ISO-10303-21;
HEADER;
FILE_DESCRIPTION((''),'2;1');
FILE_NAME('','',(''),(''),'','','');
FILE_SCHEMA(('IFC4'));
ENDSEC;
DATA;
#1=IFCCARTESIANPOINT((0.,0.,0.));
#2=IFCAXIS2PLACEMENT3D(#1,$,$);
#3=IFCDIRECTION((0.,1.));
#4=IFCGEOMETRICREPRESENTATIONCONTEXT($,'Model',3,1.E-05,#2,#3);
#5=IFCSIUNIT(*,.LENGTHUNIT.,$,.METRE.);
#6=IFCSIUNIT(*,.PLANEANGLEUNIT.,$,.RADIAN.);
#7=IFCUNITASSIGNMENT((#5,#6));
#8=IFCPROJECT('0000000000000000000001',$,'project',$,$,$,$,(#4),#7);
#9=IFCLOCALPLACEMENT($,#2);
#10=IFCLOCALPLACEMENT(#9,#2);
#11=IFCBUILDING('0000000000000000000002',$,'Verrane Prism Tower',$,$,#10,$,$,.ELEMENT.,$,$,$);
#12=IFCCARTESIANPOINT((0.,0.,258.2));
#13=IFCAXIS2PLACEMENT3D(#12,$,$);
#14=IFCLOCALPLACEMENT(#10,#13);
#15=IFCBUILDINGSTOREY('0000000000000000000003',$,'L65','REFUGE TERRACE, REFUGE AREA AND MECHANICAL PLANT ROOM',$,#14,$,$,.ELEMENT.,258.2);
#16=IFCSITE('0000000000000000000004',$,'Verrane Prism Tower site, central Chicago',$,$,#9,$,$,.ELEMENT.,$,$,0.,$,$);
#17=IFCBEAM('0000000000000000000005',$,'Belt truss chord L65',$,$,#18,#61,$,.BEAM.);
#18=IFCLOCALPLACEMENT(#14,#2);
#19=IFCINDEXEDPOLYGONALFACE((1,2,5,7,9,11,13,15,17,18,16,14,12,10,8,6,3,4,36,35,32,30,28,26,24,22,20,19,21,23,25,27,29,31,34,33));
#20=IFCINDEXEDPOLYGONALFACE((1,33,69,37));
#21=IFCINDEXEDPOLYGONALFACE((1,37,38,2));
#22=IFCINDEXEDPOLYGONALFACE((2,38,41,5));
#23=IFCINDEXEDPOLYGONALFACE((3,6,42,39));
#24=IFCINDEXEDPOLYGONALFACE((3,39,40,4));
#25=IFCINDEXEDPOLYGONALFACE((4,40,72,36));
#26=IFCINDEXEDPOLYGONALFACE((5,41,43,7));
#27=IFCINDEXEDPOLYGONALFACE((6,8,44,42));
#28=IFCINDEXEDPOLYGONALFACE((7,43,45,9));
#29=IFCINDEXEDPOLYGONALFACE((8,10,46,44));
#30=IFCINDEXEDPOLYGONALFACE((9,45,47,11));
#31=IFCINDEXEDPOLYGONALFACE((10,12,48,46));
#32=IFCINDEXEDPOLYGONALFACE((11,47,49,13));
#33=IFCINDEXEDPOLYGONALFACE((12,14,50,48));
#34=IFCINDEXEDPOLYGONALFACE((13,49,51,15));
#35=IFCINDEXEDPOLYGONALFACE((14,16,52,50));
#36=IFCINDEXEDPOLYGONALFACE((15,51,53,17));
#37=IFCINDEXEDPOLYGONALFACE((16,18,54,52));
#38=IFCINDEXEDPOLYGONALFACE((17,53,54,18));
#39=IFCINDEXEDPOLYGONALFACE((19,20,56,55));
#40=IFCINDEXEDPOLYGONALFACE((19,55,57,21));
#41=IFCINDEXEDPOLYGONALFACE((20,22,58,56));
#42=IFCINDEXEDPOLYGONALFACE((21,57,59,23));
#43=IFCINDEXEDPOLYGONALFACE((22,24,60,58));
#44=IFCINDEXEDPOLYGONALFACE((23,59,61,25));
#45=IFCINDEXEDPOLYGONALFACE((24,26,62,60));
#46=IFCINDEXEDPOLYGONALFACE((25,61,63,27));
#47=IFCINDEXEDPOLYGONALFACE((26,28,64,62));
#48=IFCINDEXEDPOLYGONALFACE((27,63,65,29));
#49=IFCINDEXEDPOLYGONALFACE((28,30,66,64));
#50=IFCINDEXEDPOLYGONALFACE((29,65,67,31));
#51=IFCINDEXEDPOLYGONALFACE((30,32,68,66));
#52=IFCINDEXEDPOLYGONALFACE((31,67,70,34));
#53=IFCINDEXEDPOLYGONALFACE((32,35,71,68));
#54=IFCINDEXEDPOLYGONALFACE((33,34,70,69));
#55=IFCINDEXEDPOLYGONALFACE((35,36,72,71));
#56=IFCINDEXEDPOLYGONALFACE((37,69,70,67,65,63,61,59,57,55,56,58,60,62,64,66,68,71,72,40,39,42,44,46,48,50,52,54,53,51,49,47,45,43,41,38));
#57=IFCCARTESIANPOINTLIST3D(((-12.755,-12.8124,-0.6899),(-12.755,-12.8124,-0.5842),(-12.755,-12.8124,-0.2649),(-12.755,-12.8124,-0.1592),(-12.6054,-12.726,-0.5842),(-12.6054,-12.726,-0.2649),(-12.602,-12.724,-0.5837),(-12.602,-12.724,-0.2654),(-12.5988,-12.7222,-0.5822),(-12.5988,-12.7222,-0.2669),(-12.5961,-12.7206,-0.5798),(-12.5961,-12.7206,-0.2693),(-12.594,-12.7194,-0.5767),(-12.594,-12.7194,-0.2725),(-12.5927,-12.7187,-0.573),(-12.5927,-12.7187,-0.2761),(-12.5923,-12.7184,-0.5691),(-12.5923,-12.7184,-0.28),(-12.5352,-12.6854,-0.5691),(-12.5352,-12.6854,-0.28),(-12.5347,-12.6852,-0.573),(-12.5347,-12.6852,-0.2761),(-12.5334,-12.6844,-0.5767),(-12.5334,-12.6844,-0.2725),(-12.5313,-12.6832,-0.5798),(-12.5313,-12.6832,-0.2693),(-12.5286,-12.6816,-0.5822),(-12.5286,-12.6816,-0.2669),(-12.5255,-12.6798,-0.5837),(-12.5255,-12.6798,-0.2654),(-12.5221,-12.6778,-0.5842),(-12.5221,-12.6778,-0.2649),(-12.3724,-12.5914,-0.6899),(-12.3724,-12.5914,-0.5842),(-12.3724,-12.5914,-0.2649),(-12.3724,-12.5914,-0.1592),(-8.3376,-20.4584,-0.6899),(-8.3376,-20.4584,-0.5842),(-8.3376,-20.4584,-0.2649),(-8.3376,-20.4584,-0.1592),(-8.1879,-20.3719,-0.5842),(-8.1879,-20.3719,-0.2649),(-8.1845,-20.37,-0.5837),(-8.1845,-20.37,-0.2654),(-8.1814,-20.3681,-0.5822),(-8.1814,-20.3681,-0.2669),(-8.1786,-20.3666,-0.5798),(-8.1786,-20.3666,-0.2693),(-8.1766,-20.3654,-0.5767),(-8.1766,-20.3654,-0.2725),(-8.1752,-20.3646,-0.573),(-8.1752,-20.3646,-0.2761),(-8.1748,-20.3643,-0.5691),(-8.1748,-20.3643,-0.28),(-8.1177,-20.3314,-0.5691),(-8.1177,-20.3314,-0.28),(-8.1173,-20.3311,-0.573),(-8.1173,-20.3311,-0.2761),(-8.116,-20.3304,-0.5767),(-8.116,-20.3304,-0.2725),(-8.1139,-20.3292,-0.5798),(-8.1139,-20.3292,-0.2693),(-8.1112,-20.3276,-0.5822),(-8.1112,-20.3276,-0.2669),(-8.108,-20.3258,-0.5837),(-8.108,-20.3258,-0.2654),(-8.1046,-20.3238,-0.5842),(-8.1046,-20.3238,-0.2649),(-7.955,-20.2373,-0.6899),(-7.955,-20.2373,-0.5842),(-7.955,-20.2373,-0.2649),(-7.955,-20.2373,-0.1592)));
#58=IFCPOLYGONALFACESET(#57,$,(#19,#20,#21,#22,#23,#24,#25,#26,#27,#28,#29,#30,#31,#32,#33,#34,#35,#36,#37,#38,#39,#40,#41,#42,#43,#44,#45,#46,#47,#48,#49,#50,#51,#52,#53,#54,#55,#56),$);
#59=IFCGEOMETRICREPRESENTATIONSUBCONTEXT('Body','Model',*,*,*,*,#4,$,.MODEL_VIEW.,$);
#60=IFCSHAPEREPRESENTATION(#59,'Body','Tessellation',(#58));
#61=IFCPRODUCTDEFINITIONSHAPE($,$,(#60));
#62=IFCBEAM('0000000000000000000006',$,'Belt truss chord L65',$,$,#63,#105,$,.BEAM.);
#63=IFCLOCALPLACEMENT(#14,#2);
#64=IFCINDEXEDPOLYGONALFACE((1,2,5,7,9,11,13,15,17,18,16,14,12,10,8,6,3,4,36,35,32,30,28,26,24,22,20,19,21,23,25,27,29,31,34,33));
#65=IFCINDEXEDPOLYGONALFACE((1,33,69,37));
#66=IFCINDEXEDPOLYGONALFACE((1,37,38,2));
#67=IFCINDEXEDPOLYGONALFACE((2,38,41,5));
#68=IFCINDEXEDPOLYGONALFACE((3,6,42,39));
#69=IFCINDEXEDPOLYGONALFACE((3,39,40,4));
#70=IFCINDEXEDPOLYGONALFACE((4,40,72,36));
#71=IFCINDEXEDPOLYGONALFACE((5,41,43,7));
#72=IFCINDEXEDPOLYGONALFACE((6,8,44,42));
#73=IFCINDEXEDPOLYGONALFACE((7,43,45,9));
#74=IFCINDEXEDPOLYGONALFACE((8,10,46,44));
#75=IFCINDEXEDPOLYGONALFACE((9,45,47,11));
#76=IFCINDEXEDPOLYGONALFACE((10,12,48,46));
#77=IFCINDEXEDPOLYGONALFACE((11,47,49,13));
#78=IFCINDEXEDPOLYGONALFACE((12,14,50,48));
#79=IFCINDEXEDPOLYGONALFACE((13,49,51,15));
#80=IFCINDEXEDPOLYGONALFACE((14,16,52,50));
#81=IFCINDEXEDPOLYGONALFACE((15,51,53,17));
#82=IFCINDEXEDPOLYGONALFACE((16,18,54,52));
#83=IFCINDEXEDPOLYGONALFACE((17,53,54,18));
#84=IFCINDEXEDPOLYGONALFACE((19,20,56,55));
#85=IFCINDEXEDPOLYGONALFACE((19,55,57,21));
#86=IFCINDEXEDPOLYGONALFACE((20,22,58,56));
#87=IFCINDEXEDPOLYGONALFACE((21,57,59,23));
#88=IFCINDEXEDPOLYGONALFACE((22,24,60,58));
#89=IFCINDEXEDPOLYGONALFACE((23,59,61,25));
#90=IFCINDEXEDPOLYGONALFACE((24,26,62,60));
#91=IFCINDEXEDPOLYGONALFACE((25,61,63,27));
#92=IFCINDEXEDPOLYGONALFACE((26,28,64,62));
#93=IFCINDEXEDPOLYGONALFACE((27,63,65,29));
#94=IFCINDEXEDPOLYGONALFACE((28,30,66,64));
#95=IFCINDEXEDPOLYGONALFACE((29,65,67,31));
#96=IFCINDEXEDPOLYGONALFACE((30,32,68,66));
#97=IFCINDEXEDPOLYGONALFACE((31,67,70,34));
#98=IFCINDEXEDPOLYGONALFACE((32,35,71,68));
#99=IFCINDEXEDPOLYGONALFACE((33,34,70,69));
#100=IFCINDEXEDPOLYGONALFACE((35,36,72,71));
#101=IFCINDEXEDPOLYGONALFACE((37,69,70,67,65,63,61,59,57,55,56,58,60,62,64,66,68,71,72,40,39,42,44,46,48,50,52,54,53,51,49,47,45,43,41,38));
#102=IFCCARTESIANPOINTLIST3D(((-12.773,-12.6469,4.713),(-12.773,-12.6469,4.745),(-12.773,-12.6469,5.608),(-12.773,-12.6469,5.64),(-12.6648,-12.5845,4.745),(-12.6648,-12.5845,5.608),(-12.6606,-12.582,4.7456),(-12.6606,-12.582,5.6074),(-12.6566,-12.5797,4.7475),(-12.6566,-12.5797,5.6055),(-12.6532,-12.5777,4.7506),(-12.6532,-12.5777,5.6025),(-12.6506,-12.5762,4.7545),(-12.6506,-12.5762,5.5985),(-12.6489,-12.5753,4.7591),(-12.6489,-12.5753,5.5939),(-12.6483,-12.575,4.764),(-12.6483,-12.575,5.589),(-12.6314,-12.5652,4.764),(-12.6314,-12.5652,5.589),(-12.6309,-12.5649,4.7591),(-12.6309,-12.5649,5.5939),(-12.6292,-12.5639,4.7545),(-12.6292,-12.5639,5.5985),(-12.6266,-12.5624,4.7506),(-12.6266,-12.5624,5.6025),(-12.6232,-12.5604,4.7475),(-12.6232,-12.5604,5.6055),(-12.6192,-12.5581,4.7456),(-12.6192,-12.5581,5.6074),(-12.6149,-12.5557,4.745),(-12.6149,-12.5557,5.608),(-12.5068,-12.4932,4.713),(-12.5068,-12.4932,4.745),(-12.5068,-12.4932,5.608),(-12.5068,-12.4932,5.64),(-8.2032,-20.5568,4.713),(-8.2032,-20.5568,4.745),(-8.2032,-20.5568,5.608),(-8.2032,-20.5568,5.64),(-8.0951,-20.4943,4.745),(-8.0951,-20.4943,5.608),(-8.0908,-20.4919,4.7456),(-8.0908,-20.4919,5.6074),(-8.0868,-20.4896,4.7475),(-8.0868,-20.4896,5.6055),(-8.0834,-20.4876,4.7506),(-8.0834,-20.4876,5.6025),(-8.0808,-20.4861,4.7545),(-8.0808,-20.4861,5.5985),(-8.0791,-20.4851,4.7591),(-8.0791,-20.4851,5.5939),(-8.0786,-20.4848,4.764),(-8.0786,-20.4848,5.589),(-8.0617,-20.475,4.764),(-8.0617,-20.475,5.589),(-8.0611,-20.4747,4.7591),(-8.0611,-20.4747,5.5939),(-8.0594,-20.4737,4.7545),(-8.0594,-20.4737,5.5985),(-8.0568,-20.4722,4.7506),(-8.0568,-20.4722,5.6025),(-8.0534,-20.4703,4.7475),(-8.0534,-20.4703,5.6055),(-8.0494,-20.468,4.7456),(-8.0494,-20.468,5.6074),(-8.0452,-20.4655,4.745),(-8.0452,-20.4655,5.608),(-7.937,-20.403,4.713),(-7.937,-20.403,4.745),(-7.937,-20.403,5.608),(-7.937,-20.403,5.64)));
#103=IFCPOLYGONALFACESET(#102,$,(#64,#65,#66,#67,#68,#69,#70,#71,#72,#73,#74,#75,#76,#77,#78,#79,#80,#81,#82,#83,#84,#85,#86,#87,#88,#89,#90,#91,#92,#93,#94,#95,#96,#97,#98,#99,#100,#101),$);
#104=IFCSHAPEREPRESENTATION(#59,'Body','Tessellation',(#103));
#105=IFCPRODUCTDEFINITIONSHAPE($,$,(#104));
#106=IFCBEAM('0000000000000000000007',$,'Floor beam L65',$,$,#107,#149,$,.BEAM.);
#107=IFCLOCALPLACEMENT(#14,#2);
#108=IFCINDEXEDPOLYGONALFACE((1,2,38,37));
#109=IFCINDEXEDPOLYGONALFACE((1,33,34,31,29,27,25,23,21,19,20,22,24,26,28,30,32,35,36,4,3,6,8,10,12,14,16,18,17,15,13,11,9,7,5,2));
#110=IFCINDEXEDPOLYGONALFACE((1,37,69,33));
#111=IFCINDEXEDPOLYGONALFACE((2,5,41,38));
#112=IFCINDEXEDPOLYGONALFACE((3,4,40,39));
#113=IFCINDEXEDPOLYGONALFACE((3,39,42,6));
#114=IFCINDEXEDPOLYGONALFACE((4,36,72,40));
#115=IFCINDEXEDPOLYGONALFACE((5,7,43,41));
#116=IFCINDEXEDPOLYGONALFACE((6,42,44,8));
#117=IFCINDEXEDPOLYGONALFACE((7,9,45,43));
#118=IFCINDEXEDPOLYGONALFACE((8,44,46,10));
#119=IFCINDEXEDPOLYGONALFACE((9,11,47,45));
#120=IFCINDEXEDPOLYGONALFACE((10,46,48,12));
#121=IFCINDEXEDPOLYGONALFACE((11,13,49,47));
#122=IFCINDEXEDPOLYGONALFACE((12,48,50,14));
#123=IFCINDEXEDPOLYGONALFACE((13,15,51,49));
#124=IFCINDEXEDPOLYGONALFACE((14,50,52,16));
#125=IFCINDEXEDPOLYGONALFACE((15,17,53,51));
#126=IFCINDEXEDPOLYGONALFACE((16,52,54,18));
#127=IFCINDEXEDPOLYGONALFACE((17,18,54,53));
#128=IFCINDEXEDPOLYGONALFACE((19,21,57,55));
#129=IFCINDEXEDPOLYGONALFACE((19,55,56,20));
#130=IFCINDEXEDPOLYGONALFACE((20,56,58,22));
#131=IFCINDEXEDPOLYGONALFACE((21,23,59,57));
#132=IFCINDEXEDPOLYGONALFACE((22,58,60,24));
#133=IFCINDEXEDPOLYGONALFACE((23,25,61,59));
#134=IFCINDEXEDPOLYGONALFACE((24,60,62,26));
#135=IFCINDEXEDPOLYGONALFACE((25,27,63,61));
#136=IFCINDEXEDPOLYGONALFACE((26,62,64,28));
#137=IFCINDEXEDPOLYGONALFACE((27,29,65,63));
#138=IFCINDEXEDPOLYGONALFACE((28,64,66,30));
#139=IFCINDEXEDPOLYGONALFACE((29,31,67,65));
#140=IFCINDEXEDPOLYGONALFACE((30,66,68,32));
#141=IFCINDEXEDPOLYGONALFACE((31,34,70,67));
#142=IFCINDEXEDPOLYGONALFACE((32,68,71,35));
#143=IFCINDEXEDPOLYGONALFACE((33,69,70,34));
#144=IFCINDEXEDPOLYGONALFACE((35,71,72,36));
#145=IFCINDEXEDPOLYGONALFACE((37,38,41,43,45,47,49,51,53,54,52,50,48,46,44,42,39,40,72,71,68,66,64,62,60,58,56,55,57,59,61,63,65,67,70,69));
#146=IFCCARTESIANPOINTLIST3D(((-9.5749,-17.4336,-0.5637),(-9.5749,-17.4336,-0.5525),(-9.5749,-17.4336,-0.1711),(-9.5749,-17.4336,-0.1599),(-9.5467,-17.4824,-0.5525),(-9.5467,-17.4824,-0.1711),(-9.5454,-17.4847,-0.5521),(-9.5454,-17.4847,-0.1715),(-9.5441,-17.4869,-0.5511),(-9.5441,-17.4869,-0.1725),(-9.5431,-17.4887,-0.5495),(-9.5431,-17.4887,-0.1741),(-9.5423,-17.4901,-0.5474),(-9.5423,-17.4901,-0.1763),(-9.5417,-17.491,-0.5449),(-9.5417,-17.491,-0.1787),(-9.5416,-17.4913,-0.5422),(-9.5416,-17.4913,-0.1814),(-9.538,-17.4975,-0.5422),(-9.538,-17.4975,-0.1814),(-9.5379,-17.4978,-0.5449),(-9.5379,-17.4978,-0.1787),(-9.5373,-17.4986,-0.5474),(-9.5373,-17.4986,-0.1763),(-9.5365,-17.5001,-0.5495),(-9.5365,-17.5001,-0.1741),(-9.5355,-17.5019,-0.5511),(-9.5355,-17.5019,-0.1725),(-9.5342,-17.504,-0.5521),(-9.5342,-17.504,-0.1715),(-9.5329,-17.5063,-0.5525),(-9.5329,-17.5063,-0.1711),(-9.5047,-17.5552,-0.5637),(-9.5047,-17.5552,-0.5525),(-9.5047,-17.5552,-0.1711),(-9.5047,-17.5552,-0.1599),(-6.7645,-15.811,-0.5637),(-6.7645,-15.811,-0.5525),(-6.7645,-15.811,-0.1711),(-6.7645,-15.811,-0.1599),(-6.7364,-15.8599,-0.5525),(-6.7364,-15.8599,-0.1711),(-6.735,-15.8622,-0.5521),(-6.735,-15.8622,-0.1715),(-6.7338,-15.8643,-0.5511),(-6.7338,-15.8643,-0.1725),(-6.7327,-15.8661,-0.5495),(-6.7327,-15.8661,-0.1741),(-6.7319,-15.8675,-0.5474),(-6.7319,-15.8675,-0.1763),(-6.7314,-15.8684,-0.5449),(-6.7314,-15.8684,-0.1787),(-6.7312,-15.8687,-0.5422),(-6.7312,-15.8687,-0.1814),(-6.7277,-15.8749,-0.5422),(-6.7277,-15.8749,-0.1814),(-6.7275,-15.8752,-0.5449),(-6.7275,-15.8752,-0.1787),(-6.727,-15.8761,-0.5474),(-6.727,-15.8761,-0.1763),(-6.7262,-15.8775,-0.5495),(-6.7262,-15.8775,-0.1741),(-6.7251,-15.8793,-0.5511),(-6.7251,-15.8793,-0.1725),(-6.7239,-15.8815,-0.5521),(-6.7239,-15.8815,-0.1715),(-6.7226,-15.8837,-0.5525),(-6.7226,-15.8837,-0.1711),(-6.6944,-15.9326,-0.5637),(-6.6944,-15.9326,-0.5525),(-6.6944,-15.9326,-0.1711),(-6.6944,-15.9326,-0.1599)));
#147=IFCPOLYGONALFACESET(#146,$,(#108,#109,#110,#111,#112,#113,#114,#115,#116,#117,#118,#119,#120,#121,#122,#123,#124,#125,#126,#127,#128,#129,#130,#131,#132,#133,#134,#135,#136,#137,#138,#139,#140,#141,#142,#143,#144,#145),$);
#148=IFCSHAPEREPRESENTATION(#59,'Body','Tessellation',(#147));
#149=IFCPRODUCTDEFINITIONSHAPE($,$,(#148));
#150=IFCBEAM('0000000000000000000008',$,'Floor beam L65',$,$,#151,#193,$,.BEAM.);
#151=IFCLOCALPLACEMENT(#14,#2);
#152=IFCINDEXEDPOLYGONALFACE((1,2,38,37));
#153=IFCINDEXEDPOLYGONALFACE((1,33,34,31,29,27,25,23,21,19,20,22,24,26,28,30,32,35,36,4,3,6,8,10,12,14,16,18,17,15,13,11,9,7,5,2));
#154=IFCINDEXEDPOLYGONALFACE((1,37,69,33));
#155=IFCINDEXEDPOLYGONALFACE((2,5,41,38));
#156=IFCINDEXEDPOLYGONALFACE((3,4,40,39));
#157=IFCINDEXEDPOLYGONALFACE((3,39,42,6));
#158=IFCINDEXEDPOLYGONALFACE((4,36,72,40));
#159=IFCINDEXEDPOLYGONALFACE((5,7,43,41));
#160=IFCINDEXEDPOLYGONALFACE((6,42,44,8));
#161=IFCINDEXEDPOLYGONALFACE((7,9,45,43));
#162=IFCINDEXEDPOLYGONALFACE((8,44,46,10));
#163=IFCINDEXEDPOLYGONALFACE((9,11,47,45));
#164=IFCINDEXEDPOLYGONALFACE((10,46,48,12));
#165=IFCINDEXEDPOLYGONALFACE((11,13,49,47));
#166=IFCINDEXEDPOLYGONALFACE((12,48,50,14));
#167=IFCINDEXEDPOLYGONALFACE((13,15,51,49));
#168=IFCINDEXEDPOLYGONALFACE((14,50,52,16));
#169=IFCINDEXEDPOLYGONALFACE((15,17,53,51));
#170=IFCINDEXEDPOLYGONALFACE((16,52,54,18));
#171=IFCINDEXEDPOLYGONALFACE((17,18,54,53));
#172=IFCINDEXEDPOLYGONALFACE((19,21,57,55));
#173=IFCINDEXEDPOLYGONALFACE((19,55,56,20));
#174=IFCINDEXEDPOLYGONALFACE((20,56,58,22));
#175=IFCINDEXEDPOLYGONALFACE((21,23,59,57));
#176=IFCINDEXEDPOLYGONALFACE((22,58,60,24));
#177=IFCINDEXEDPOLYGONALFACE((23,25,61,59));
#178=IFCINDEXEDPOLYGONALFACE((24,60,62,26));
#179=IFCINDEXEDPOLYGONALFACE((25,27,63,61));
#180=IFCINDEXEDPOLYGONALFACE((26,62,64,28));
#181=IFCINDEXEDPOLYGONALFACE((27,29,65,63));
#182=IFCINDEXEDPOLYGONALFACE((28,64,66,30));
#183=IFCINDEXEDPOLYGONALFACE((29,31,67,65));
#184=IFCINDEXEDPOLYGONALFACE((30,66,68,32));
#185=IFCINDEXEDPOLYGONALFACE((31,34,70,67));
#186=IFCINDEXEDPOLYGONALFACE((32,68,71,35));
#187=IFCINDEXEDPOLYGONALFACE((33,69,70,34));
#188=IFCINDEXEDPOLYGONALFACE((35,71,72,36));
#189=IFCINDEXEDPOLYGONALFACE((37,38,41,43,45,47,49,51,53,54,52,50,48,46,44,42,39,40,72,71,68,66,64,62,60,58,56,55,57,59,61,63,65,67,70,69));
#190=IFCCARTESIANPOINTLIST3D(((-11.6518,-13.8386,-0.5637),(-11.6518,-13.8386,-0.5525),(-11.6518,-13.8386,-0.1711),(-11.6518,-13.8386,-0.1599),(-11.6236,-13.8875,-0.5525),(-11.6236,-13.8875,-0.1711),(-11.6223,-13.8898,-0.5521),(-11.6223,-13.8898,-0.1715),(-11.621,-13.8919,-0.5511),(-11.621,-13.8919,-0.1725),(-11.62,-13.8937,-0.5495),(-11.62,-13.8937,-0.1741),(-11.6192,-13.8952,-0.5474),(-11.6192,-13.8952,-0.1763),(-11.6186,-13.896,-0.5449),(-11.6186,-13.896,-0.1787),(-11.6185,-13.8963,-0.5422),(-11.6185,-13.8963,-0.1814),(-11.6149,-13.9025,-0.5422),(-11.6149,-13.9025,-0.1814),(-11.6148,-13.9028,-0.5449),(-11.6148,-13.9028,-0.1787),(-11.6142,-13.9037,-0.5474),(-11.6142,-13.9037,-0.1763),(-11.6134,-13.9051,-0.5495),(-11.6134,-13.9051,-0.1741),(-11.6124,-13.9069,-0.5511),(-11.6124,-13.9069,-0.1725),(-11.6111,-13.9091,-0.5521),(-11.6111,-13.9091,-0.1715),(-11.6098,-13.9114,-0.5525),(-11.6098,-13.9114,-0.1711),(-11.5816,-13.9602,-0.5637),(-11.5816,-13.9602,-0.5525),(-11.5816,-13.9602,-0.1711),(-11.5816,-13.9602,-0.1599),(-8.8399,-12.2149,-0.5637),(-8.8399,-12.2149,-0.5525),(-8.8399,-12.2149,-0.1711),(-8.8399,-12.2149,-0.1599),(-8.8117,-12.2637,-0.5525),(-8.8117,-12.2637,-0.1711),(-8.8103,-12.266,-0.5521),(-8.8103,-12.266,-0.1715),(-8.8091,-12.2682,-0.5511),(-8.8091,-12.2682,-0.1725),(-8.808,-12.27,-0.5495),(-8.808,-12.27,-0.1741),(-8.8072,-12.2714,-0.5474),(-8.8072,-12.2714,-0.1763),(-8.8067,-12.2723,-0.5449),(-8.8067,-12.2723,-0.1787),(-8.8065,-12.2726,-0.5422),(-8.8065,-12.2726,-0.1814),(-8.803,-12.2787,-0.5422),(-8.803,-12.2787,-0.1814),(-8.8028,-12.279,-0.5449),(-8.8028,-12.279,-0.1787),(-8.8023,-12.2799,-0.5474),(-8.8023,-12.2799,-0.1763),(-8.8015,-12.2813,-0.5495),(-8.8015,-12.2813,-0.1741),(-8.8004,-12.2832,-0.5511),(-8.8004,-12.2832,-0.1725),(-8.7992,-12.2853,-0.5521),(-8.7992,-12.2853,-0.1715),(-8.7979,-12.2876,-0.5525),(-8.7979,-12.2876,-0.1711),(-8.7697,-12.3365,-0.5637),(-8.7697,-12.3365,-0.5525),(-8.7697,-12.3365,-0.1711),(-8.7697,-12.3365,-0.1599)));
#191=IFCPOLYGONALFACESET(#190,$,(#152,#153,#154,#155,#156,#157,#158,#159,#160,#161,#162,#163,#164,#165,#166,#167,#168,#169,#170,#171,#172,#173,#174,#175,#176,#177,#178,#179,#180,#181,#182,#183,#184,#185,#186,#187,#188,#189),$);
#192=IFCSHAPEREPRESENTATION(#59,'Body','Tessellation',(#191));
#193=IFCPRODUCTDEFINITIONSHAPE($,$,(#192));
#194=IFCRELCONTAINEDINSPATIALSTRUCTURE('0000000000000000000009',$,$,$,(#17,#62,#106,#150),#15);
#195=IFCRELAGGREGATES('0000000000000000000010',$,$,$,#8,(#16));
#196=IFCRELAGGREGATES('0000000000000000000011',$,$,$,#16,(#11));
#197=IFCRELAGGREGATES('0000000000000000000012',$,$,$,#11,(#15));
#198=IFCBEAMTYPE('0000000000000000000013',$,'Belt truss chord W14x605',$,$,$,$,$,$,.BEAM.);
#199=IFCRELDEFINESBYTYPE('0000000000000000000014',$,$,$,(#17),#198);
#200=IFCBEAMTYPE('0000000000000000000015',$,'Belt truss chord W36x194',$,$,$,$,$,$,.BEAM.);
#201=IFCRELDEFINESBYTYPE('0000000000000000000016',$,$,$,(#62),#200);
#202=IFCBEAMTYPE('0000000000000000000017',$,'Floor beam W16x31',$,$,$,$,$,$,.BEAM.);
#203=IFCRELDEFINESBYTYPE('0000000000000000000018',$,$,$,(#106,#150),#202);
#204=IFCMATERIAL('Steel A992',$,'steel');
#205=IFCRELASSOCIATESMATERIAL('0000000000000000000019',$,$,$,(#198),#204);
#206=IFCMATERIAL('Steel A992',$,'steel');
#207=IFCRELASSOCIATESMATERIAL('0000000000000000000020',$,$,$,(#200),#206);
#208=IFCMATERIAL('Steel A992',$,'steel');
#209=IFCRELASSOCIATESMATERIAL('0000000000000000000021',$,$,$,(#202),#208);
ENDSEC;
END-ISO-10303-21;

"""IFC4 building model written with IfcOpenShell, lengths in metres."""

from ifc_helpers import new_model, si_unit, direction, frame, origin, origin_2d, place, context, subcontext, project, spatial, i_section, extrude, material, material_profile, profile_set, type_object, element, save


model = new_model("IFC4")

# Units and contexts
model_context = context("Model", 3, precision=1e-05, world=origin(), true_north=direction((0.0, 1.0)))
body_context = subcontext(model_context, "Body", "Model", "MODEL_VIEW")
ifc_project = project(units=[si_unit("LENGTHUNIT", "METRE"), si_unit("PLANEANGLEUNIT", "RADIAN")], contexts=[model_context])

# Site, building, storey
site_placement = place(None, origin())
site = spatial("IfcSite", under=ifc_project, at=site_placement, Name="Verrane Prism Tower site, central Chicago", CompositionType="ELEMENT", RefElevation=0.0)
building_placement = place(site_placement, origin())
building = spatial("IfcBuilding", under=site, at=building_placement, Name="Verrane Prism Tower", CompositionType="ELEMENT")
storey_placement = place(building_placement, frame((0.0, 0.0, 258.2)))
storey = spatial("IfcBuildingStorey", under=building, at=storey_placement, Name="L65", Description="REFUGE TERRACE, REFUGE AREA AND MECHANICAL PLANT ROOM", CompositionType="ELEMENT", Elevation=258.2)

# Beams
ifc_material_1 = material(Name="Steel A992", Category="steel")
ifc_material_profile_1 = material_profile(ifc_material_1, i_section(OverallWidth=0.4419, OverallDepth=0.5308, WebThickness=0.0659, FlangeThickness=0.1057, FilletRadius=0.0151, at=origin_2d()), Name="W14x605")
ifc_profile_set_1 = profile_set([ifc_material_profile_1], Name="Steel A992")
beam_type_1 = type_object("IfcBeamType", Name="Belt truss chord W14x605", PredefinedType="BEAM", material=ifc_profile_set_1)
beam_1_placement = place(storey_placement, frame((-12.5637, -12.7019, -0.4246), z_axis=(0.50026, -0.865875, 0.0), x_axis=(0.865875, 0.50026, 0.0)))
element("IfcBeam", 1, at=beam_1_placement, inside=storey, type_object=beam_type_1, Name="Belt truss chord L65", PredefinedType="BEAM", context=body_context, shape_type="SweptSolid", body=[
    extrude(i_section(OverallWidth=0.4419, OverallDepth=0.5308, WebThickness=0.0659, FlangeThickness=0.1057, FilletRadius=0.0151, at=origin_2d()), origin(), (0.0, 0.0, 1.0), 8.8303),
])
ifc_material_2 = material(Name="Steel A992", Category="steel")
ifc_material_profile_2 = material_profile(ifc_material_2, i_section(OverallWidth=0.3074, OverallDepth=0.927, WebThickness=0.0195, FlangeThickness=0.032, FilletRadius=0.019, at=origin_2d()), Name="W36x194")
ifc_profile_set_2 = profile_set([ifc_material_profile_2], Name="Steel A992")
beam_type_2 = type_object("IfcBeamType", Name="Belt truss chord W36x194", PredefinedType="BEAM", material=ifc_profile_set_2)
beam_2_placement = place(storey_placement, frame((-12.6399, -12.5701, 5.1765), z_axis=(0.500249, -0.865882, 0.0), x_axis=(0.865882, 0.500249, 0.0)))
element("IfcBeam", 2, at=beam_2_placement, inside=storey, type_object=beam_type_2, Name="Belt truss chord L65", PredefinedType="BEAM", context=body_context, shape_type="SweptSolid", body=[
    extrude(i_section(OverallWidth=0.3074, OverallDepth=0.927, WebThickness=0.0195, FlangeThickness=0.032, FilletRadius=0.019, at=origin_2d()), origin(), (0.0, 0.0, 1.0), 9.135),
])
ifc_material_3 = material(Name="Steel A992", Category="steel")
ifc_material_profile_3 = material_profile(ifc_material_3, i_section(OverallWidth=0.1404, OverallDepth=0.4038, WebThickness=0.0071, FlangeThickness=0.0112, FilletRadius=0.0103, at=origin_2d()), Name="W16x31")
ifc_profile_set_3 = profile_set([ifc_material_profile_3], Name="Steel A992")
beam_type_3 = type_object("IfcBeamType", Name="Floor beam W16x31", PredefinedType="BEAM", material=ifc_profile_set_3)
beam_3_placement = place(storey_placement, frame((-9.5398, -17.4944, -0.3618), z_axis=(0.866021, 0.500007, 0.0), x_axis=(-0.500007, 0.866021, 0.0)))
element("IfcBeam", 3, at=beam_3_placement, inside=storey, type_object=beam_type_3, Name="Floor beam L65", PredefinedType="BEAM", context=body_context, shape_type="SweptSolid", body=[
    extrude(i_section(OverallWidth=0.1404, OverallDepth=0.4038, WebThickness=0.0071, FlangeThickness=0.0112, FilletRadius=0.0103, at=origin_2d()), origin(), (0.0, 0.0, 1.0), 3.2451),
])
beam_4_placement = place(storey_placement, frame((-11.6167, -13.8994, -0.3618), z_axis=(0.86599, 0.500061, 0.0), x_axis=(-0.500061, 0.86599, 0.0)))
element("IfcBeam", 4, at=beam_4_placement, inside=storey, type_object=beam_type_3, Name="Floor beam L65", PredefinedType="BEAM", context=body_context, shape_type="SweptSolid", body=[
    extrude(i_section(OverallWidth=0.1404, OverallDepth=0.4038, WebThickness=0.0071, FlangeThickness=0.0112, FilletRadius=0.0103, at=origin_2d()), origin(), (0.0, 0.0, 1.0), 3.2471),
])

save(model, "model.ifc")
